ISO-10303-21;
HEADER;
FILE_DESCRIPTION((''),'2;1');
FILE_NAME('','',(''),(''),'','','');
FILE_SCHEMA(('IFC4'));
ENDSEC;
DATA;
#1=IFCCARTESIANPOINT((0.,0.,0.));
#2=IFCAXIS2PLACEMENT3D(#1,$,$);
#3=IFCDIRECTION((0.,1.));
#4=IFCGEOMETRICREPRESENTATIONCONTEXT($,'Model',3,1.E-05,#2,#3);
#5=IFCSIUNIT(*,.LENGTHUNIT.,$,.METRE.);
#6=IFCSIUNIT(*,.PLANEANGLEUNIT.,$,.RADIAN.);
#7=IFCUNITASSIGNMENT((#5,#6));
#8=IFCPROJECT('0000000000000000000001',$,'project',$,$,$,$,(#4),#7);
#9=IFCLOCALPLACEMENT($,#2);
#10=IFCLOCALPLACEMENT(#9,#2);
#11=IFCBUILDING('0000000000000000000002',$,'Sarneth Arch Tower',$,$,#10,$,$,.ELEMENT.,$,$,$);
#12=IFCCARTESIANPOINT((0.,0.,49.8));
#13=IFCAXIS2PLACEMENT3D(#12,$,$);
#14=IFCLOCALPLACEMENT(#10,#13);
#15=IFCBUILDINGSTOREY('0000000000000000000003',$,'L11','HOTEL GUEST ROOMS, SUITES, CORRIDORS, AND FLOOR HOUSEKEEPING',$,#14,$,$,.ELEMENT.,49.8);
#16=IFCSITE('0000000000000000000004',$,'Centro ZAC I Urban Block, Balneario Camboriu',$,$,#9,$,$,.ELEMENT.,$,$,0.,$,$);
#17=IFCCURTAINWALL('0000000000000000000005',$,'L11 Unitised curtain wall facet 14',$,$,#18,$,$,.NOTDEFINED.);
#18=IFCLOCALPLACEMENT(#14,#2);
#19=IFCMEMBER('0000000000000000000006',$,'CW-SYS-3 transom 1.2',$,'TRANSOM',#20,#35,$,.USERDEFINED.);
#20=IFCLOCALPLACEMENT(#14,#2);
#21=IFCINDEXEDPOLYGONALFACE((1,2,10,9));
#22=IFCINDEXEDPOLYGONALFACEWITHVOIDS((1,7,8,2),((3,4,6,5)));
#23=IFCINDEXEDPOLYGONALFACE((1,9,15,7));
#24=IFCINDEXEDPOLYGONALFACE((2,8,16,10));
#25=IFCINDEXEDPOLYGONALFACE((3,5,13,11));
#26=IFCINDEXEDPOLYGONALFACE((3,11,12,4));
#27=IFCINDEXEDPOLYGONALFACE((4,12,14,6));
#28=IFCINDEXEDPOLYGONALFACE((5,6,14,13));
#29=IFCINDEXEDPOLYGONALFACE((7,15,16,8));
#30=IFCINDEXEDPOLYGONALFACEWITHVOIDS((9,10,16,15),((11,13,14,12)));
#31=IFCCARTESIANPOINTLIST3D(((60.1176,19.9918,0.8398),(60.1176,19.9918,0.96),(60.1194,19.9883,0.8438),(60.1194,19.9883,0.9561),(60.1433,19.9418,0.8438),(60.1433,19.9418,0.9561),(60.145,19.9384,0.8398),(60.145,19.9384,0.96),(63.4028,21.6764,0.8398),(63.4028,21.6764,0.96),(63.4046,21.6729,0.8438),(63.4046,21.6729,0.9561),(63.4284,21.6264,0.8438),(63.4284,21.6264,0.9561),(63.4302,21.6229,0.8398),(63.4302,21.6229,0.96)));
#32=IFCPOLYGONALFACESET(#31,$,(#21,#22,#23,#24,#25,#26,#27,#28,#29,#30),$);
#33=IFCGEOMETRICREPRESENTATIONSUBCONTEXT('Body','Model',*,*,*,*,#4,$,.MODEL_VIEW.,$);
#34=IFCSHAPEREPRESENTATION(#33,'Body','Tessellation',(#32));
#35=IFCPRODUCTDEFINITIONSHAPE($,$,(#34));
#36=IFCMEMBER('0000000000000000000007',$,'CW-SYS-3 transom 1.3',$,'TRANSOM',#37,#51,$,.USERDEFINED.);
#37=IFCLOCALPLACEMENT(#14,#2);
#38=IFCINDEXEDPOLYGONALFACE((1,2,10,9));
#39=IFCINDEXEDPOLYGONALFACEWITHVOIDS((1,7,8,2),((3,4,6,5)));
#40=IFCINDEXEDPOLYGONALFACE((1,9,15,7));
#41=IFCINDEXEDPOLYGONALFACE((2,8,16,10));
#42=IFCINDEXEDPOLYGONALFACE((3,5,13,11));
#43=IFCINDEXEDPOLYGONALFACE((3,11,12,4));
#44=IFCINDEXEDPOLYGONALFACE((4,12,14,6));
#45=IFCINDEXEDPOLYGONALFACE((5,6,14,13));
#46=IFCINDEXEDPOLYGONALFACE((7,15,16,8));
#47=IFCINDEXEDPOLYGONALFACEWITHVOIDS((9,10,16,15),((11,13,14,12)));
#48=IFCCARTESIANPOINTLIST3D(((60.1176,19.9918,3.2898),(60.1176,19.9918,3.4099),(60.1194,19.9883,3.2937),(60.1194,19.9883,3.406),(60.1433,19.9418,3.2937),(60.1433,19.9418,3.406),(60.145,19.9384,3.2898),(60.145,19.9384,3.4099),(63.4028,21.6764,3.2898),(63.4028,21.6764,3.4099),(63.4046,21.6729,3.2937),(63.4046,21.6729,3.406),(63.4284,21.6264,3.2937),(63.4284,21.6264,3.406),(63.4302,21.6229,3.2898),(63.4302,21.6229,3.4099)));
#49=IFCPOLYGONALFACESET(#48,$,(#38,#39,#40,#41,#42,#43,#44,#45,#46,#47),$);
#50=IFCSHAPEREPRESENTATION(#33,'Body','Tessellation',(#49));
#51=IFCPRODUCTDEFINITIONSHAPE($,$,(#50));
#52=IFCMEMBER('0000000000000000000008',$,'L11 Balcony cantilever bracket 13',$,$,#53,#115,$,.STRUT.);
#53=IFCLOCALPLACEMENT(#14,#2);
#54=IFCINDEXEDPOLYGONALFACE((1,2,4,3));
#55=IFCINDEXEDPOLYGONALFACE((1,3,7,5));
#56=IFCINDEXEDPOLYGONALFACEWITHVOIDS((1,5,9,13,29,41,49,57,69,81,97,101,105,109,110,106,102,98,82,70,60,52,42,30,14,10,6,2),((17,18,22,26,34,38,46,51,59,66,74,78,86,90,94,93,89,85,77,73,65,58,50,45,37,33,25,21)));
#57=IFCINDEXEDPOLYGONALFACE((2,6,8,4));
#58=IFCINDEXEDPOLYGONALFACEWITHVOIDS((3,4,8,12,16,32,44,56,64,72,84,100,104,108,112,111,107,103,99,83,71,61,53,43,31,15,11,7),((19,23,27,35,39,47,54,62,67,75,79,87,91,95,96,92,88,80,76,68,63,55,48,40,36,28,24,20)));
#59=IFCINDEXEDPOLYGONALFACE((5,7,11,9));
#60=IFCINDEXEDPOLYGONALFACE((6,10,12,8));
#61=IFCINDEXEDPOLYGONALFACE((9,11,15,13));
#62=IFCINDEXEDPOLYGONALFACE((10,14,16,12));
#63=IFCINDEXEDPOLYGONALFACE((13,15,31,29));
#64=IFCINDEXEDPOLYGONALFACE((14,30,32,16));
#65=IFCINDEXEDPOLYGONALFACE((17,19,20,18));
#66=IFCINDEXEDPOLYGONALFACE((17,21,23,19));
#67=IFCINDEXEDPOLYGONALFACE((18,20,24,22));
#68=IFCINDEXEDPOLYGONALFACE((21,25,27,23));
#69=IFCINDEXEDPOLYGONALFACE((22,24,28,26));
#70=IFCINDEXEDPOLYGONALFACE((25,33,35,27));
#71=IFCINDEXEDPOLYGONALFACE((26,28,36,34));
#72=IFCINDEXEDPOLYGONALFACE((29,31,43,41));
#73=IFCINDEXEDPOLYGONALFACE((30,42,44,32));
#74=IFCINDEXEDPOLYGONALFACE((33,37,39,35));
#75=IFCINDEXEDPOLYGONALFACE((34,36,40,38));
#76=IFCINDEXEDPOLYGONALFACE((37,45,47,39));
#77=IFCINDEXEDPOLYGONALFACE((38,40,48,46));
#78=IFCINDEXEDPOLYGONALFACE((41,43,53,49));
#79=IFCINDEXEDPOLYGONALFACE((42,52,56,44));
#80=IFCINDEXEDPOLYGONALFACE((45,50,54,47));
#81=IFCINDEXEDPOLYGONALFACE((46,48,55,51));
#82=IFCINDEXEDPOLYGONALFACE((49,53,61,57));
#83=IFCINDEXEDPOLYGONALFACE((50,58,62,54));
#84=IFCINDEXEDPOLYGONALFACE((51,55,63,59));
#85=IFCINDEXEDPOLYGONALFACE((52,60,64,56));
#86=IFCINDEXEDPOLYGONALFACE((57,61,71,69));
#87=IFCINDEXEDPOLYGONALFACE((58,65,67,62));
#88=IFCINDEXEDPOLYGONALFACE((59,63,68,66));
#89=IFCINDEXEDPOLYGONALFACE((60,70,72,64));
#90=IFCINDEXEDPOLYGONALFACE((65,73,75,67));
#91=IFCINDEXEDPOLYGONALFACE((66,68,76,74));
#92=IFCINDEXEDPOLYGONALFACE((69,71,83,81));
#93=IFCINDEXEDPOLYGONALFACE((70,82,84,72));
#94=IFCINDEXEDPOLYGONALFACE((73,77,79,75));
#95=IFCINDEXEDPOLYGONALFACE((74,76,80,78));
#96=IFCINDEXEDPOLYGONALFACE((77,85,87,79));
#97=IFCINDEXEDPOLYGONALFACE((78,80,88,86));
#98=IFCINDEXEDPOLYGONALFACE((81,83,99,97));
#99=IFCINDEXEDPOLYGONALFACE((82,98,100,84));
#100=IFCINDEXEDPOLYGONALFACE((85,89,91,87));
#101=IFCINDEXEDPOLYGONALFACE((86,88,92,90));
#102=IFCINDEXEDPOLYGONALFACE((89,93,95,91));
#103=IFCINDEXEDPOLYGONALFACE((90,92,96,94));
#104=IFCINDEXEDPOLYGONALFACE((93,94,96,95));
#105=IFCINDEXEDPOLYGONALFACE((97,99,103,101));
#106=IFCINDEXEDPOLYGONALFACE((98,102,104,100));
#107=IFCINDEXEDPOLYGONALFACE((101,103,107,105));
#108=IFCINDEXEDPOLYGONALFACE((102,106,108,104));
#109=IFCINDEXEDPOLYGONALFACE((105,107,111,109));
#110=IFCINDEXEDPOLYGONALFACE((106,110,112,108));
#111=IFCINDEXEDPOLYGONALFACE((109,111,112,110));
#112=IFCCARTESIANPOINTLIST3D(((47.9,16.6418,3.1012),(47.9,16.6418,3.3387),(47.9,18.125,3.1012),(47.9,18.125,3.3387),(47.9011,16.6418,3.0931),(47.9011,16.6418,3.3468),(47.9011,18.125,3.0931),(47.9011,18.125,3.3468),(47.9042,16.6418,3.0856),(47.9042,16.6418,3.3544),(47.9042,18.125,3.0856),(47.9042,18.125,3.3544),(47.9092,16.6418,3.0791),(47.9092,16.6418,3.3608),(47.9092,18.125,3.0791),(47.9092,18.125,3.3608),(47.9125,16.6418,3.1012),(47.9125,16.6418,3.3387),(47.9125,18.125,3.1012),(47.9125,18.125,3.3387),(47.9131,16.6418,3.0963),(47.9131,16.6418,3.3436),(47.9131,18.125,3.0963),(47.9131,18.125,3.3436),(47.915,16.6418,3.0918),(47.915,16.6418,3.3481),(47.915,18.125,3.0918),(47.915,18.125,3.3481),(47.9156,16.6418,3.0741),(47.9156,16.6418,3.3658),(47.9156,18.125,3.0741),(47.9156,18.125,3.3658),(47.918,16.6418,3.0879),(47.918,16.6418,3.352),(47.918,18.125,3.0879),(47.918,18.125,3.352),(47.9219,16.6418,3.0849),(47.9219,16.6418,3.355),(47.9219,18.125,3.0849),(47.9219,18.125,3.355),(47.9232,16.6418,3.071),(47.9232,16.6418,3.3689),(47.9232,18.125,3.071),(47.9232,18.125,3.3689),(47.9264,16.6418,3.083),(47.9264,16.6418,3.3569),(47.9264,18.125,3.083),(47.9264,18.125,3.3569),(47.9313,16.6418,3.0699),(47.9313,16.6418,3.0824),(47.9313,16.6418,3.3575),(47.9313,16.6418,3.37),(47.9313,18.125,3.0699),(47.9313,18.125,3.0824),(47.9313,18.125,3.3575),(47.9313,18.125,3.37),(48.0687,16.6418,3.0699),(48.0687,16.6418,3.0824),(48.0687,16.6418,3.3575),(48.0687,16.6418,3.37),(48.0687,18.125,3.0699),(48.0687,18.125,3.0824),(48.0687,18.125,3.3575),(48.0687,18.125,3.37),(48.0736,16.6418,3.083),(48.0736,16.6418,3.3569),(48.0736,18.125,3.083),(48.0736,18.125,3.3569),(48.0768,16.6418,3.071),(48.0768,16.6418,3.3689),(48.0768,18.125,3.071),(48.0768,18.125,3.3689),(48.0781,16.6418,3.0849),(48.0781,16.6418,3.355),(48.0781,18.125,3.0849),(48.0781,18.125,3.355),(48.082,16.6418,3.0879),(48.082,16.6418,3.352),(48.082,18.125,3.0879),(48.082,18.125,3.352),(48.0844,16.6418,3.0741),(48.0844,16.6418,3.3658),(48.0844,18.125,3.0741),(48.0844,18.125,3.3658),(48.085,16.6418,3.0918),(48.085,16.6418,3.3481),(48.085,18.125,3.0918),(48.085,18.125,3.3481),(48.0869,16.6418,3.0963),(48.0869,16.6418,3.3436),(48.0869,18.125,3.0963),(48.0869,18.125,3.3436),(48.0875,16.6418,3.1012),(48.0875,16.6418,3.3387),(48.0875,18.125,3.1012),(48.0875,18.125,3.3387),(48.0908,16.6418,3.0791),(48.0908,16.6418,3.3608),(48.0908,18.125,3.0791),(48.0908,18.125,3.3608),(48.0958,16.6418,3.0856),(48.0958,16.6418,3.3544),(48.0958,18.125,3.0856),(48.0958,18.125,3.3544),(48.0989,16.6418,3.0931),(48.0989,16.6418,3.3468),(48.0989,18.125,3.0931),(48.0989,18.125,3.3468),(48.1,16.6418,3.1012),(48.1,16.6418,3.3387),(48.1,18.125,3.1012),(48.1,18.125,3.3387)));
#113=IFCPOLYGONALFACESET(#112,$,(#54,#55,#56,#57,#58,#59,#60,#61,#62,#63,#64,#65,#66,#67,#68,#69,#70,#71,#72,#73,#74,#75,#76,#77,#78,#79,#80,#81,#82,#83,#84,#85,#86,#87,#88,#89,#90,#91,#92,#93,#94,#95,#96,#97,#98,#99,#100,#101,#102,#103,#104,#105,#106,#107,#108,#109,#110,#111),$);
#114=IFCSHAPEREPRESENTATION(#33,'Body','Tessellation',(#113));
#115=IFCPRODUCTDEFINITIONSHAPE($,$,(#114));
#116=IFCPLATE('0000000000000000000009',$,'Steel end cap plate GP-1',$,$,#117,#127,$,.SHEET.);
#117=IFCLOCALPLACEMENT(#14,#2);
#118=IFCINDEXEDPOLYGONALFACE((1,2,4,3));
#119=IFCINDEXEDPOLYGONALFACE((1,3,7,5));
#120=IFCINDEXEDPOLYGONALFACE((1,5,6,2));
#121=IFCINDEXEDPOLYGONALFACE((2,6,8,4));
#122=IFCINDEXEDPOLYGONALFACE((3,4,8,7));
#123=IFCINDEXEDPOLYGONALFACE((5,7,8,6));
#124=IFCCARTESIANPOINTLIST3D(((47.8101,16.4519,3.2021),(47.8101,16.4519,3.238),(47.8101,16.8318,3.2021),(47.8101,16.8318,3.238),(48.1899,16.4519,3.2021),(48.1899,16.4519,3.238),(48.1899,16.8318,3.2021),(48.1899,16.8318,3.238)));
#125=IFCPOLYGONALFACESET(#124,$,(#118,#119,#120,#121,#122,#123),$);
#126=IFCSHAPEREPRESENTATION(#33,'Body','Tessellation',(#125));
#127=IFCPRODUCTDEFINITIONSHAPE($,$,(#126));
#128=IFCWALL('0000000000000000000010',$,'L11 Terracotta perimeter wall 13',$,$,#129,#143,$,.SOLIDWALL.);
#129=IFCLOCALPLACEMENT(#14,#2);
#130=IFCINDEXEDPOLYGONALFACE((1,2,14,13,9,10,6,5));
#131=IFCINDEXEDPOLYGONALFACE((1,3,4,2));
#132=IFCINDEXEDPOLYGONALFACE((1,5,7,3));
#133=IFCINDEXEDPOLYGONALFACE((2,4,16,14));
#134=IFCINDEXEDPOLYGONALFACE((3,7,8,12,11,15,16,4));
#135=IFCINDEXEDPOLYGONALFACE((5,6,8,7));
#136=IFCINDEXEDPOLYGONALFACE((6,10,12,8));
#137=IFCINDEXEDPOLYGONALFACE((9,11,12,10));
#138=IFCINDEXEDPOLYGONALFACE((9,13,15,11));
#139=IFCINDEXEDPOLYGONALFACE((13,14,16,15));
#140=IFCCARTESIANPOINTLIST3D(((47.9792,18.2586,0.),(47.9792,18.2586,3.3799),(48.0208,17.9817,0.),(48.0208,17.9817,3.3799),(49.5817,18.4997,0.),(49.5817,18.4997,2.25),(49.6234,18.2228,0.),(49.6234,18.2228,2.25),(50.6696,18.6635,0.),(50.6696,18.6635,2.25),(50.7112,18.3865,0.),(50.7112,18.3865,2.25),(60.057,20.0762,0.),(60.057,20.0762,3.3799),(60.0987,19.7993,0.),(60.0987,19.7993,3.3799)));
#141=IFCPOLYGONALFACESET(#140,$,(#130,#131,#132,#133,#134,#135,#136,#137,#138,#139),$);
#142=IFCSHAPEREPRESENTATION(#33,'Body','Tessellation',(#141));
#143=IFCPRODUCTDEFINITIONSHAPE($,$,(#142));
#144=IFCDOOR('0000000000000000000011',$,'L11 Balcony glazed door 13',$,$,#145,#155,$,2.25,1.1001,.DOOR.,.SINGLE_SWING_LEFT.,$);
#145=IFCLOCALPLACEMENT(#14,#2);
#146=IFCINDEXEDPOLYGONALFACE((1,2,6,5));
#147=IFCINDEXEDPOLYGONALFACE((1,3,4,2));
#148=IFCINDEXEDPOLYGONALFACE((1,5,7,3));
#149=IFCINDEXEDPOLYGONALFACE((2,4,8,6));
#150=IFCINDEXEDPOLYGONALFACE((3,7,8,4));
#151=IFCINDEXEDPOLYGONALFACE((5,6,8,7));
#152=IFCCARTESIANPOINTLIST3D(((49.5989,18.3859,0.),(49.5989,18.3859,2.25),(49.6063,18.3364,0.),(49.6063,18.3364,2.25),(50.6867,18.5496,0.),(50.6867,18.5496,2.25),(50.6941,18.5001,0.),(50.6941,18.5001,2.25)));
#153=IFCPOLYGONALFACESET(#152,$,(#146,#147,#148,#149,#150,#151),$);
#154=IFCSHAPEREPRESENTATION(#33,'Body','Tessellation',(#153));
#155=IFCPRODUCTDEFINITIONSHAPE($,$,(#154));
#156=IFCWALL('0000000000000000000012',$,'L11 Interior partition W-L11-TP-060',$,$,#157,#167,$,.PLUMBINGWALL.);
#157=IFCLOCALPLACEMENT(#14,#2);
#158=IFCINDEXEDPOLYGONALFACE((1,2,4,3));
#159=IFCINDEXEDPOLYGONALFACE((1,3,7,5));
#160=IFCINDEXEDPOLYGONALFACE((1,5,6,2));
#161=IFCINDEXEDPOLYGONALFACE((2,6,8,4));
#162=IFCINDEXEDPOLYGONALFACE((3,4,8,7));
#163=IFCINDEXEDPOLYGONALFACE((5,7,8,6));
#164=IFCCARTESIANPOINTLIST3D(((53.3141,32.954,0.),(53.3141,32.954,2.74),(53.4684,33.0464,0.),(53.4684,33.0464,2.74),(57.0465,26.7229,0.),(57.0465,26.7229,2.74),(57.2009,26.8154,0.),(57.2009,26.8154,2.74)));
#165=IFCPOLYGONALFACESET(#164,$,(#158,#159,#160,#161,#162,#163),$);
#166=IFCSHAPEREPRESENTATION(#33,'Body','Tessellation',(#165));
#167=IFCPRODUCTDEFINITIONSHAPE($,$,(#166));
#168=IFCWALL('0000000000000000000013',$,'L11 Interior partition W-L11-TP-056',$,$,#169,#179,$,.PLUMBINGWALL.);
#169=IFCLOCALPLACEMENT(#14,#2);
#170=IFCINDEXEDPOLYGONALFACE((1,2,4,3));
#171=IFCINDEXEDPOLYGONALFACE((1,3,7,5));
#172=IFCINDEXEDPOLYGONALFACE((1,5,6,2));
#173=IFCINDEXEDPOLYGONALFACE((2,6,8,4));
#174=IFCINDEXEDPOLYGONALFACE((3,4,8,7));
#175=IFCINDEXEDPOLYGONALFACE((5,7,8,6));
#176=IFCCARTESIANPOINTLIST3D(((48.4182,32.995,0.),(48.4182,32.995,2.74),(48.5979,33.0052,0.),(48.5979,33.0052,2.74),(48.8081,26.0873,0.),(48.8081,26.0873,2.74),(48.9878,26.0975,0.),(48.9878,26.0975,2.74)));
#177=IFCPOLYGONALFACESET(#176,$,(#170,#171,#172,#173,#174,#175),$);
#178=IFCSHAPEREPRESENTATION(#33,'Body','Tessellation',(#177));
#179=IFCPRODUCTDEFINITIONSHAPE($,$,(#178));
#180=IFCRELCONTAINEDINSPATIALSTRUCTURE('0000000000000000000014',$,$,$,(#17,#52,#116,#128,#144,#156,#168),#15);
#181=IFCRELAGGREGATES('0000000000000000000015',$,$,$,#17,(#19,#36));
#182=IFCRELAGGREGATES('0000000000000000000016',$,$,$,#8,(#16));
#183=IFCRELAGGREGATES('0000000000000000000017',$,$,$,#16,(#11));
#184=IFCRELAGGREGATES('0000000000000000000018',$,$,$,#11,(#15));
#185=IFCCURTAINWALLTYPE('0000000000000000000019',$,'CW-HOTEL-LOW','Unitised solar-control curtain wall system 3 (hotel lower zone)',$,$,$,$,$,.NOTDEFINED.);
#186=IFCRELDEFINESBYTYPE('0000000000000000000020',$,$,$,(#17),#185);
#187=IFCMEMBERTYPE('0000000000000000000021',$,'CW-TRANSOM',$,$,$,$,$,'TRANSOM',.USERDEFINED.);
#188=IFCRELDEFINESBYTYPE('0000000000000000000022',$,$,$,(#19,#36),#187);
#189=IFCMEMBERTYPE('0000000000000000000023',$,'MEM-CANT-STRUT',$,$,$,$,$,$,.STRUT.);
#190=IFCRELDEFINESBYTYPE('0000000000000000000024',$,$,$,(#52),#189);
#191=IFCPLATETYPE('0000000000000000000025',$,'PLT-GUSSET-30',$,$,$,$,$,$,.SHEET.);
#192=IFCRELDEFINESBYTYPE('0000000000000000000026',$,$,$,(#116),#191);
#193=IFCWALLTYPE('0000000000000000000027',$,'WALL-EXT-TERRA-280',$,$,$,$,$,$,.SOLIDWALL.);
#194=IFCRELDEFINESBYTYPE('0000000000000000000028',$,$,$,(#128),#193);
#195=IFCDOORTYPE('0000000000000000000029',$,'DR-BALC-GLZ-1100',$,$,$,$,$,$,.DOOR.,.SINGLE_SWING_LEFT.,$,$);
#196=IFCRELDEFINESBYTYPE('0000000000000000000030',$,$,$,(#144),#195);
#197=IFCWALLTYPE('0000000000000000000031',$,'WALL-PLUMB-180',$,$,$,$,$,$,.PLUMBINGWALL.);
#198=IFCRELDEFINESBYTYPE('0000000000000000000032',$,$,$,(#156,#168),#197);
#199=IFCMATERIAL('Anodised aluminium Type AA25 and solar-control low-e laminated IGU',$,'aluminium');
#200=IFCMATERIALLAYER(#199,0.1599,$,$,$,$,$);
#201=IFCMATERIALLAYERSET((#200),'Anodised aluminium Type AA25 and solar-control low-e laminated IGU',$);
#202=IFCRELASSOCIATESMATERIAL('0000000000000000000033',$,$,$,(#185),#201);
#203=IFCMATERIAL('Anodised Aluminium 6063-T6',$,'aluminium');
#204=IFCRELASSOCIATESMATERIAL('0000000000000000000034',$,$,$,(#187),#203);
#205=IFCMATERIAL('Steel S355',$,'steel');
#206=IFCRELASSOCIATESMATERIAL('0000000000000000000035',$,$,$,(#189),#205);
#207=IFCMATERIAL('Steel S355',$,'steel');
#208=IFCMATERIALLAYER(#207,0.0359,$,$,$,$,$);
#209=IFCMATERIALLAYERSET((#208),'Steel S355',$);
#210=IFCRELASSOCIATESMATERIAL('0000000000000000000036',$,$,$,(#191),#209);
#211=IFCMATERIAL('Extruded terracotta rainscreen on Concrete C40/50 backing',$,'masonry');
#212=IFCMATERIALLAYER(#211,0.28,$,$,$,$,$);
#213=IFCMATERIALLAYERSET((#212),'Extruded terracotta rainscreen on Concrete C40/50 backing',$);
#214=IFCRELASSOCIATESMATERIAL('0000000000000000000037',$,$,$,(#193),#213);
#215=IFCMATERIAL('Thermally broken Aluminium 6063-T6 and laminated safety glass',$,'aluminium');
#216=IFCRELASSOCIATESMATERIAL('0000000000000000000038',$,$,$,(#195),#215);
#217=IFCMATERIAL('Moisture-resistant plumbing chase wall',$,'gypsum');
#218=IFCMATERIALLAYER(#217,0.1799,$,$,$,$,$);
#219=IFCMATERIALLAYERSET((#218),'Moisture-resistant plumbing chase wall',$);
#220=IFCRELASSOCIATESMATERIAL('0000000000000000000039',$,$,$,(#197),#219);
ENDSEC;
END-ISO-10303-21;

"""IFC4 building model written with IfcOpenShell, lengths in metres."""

from ifc_helpers import new_model, si_unit, direction, frame, frame_2d, origin, origin_2d, place, context, subcontext, project, spatial, rectangle, hollow_rectangle, extrude, material, layer, layer_set, material_profile, profile_set, type_object, element, fill, aggregate, save


model = new_model("IFC4")

# Units and contexts
model_context = context("Model", 3, precision=1e-05, world=origin(), true_north=direction((0.0, 1.0)))
body_context = subcontext(model_context, "Body", "Model", "MODEL_VIEW")
ifc_project = project(units=[si_unit("LENGTHUNIT", "METRE"), si_unit("PLANEANGLEUNIT", "RADIAN")], contexts=[model_context])

# Site, building, storey
site_placement = place(None, origin())
site = spatial("IfcSite", under=ifc_project, at=site_placement, Name="Centro ZAC I Urban Block, Balneario Camboriu", CompositionType="ELEMENT", RefElevation=0.0)
building_placement = place(site_placement, origin())
building = spatial("IfcBuilding", under=site, at=building_placement, Name="Sarneth Arch Tower", CompositionType="ELEMENT")
storey_placement = place(building_placement, frame((0.0, 0.0, 49.8)))
storey = spatial("IfcBuildingStorey", under=building, at=storey_placement, Name="L11", Description="HOTEL GUEST ROOMS, SUITES, CORRIDORS, AND FLOOR HOUSEKEEPING", CompositionType="ELEMENT", Elevation=49.8)

# Curtain wall, members
ifc_material_1 = material(Name="Anodised aluminium Type AA25 and solar-control low-e laminated IGU", Category="aluminium")
ifc_layer_1 = layer(ifc_material_1, 0.1599)
ifc_layer_set_1 = layer_set([ifc_layer_1], Name="Anodised aluminium Type AA25 and solar-control low-e laminated IGU")
curtain_wall_type = type_object("IfcCurtainWallType", Name="CW-HOTEL-LOW", Description="Unitised solar-control curtain wall system 3 (hotel lower zone)", PredefinedType="NOTDEFINED", material=ifc_layer_set_1)
curtain_wall_placement = place(storey_placement, origin())
curtain_wall = element("IfcCurtainWall", 1, at=curtain_wall_placement, inside=storey, type_object=curtain_wall_type, Name="L11 Unitised curtain wall facet 14", PredefinedType="NOTDEFINED")
ifc_material_2 = material(Name="Anodised Aluminium 6063-T6", Category="aluminium")
ifc_material_profile_1 = material_profile(ifc_material_2, hollow_rectangle(XDim=0.0601, YDim=0.1201, WallThickness=0.0039, at=origin_2d()), Name="AL-TRAN-120x60x4")
ifc_profile_set_1 = profile_set([ifc_material_profile_1], Name="Anodised Aluminium 6063-T6")
member_type_1 = type_object("IfcMemberType", Name="CW-TRANSOM", ElementType="TRANSOM", PredefinedType="USERDEFINED", material=ifc_profile_set_1)
member_1_placement = place(storey_placement, frame((60.1313, 19.9651, 0.8999), z_axis=(0.889831, 0.45629, 0.0), x_axis=(-0.45629, 0.889831, 0.0)))
member_1 = element("IfcMember", 2, at=member_1_placement, type_object=member_type_1, Name="CW-SYS-3 transom 1.2", ObjectType="TRANSOM", PredefinedType="USERDEFINED", context=body_context, shape_type="SweptSolid", body=[
    extrude(hollow_rectangle(XDim=0.0601, YDim=0.1201, WallThickness=0.0039, at=origin_2d()), origin(), (0.0, 0.0, 1.0), 3.6919),
])
member_2_placement = place(storey_placement, frame((60.1313, 19.9651, 3.3499), z_axis=(0.889831, 0.45629, 0.0), x_axis=(-0.45629, 0.889831, 0.0)))
member_2 = element("IfcMember", 3, at=member_2_placement, type_object=member_type_1, Name="CW-SYS-3 transom 1.3", ObjectType="TRANSOM", PredefinedType="USERDEFINED", context=body_context, shape_type="SweptSolid", body=[
    extrude(hollow_rectangle(XDim=0.0601, YDim=0.1201, WallThickness=0.0039, at=origin_2d()), origin(), (0.0, 0.0, 1.0), 3.6919),
])
aggregate(curtain_wall, [member_1, member_2])

# Member
ifc_material_3 = material(Name="Steel S355", Category="steel")
ifc_material_profile_2 = material_profile(ifc_material_3, hollow_rectangle(XDim=0.2, YDim=0.3, WallThickness=0.0125, InnerFilletRadius=0.0188, OuterFilletRadius=0.0312, at=origin_2d()), Name="RHS300x200x12.5")
ifc_profile_set_2 = profile_set([ifc_material_profile_2], Name="Steel S355")
member_type_2 = type_object("IfcMemberType", Name="MEM-CANT-STRUT", PredefinedType="STRUT", material=ifc_profile_set_2)
member_3_placement = place(storey_placement, frame((48.0, 18.125, 3.22), z_axis=(0.0, -1.0, 0.0), x_axis=(1.0, 0.0, 0.0)))
element("IfcMember", 4, at=member_3_placement, inside=storey, type_object=member_type_2, Name="L11 Balcony cantilever bracket 13", PredefinedType="STRUT", context=body_context, shape_type="SweptSolid", body=[
    extrude(hollow_rectangle(XDim=0.2, YDim=0.3, WallThickness=0.0125, InnerFilletRadius=0.0188, OuterFilletRadius=0.0312, at=origin_2d()), origin(), (0.0, 0.0, 1.0), 1.4832),
])

# Plate
ifc_material_4 = material(Name="Steel S355", Category="steel")
ifc_layer_2 = layer(ifc_material_4, 0.0359)
ifc_layer_set_2 = layer_set([ifc_layer_2], Name="Steel S355")
plate_type = type_object("IfcPlateType", Name="PLT-GUSSET-30", PredefinedType="SHEET", material=ifc_layer_set_2)
plate_placement = place(storey_placement, frame((48.0, 16.6418, 3.2021), z_axis=(0.0, 0.0, 1.0), x_axis=(0.0, -1.0, 0.0)))
element("IfcPlate", 5, at=plate_placement, inside=storey, type_object=plate_type, Name="Steel end cap plate GP-1", PredefinedType="SHEET", context=body_context, shape_type="SweptSolid", body=[
    extrude(rectangle(XDim=0.3799, YDim=0.3799, at=origin_2d()), origin(), (0.0, 0.0, 1.0), 0.0359),
])

# Wall, opening, door
ifc_material_5 = material(Name="Extruded terracotta rainscreen on Concrete C40/50 backing", Category="masonry")
ifc_layer_3 = layer(ifc_material_5, 0.28)
ifc_layer_set_3 = layer_set([ifc_layer_3], Name="Extruded terracotta rainscreen on Concrete C40/50 backing")
wall_type_1 = type_object("IfcWallType", Name="WALL-EXT-TERRA-280", PredefinedType="SOLIDWALL", material=ifc_layer_set_3)
wall_1_placement = place(storey_placement, frame((48.0, 18.1201, 0.0), z_axis=(0.0, 0.0, 1.0), x_axis=(0.988865, 0.148816, 0.0)))
wall_1 = element("IfcWall", 6, at=wall_1_placement, inside=storey, type_object=wall_type_1, Name="L11 Terracotta perimeter wall 13", PredefinedType="SOLIDWALL", context=body_context, shape_type="SweptSolid", body=[
    extrude(rectangle(XDim=12.2139, YDim=0.28, at=frame_2d((6.1069, 0.0))), origin(), (0.0, 0.0, 1.0), 3.3799),
])
opening_1_placement = place(wall_1_placement, frame((1.6206, 0.0, 0.0)))
opening_1 = element("IfcOpeningElement", 7, at=opening_1_placement, cuts=wall_1, PredefinedType="OPENING", context=body_context, shape_type="SweptSolid", body=[
    extrude(rectangle(XDim=1.1001, YDim=2.25, at=frame_2d((0.55, 1.125))), frame((0.0, 0.1499, 0.0), z_axis=(0.0, -1.0, 0.0), x_axis=(1.0, 0.0, 0.0)), (0.0, 0.0, 1.0), 0.3),
])
ifc_material_6 = material(Name="Thermally broken Aluminium 6063-T6 and laminated safety glass", Category="aluminium")
door_type_1 = type_object("IfcDoorType", Name="DR-BALC-GLZ-1100", OperationType="SINGLE_SWING_LEFT", PredefinedType="DOOR", material=ifc_material_6)
door_1_placement = place(opening_1_placement, origin())
door_1 = element("IfcDoor", 8, at=door_1_placement, inside=storey, type_object=door_type_1, Name="L11 Balcony glazed door 13", OperationType="SINGLE_SWING_LEFT", OverallHeight=2.25, OverallWidth=1.1001, PredefinedType="DOOR", context=body_context, shape_type="SweptSolid", body=[
    extrude(rectangle(XDim=1.1001, YDim=2.25, at=frame_2d((0.55, 1.125))), frame((0.0, 0.0249, 0.0), z_axis=(0.0, -1.0, 0.0), x_axis=(1.0, 0.0, 0.0)), (0.0, 0.0, 1.0), 0.05),
])
fill(opening_1, door_1)

# Walls
ifc_material_7 = material(Name="Moisture-resistant plumbing chase wall", Category="gypsum")
ifc_layer_4 = layer(ifc_material_7, 0.1799)
ifc_layer_set_4 = layer_set([ifc_layer_4], Name="Moisture-resistant plumbing chase wall")
wall_type_2 = type_object("IfcWallType", Name="WALL-PLUMB-180", PredefinedType="PLUMBINGWALL", material=ifc_layer_set_4)
wall_2_placement = place(storey_placement, frame((57.1238, 26.769, 0.0), z_axis=(0.0, 0.0, 1.0), x_axis=(-0.513873, 0.857866, 0.0)))
element("IfcWall", 9, at=wall_2_placement, inside=storey, type_object=wall_type_2, Name="L11 Interior partition W-L11-TP-060", PredefinedType="PLUMBINGWALL", context=body_context, shape_type="SweptSolid", body=[
    extrude(rectangle(XDim=7.2634, YDim=0.1799, at=frame_2d((3.6318, 0.0))), origin(), (0.0, 0.0, 1.0), 2.74),
])
wall_3_placement = place(storey_placement, frame((48.8979, 26.0923, 0.0), z_axis=(0.0, 0.0, 1.0), x_axis=(-0.056353, 0.998411, 0.0)))
element("IfcWall", 10, at=wall_3_placement, inside=storey, type_object=wall_type_2, Name="L11 Interior partition W-L11-TP-056", PredefinedType="PLUMBINGWALL", context=body_context, shape_type="SweptSolid", body=[
    extrude(rectangle(XDim=6.9187, YDim=0.1799, at=frame_2d((3.4595, 0.0))), origin(), (0.0, 0.0, 1.0), 2.74),
])

save(model, "model.ifc")
